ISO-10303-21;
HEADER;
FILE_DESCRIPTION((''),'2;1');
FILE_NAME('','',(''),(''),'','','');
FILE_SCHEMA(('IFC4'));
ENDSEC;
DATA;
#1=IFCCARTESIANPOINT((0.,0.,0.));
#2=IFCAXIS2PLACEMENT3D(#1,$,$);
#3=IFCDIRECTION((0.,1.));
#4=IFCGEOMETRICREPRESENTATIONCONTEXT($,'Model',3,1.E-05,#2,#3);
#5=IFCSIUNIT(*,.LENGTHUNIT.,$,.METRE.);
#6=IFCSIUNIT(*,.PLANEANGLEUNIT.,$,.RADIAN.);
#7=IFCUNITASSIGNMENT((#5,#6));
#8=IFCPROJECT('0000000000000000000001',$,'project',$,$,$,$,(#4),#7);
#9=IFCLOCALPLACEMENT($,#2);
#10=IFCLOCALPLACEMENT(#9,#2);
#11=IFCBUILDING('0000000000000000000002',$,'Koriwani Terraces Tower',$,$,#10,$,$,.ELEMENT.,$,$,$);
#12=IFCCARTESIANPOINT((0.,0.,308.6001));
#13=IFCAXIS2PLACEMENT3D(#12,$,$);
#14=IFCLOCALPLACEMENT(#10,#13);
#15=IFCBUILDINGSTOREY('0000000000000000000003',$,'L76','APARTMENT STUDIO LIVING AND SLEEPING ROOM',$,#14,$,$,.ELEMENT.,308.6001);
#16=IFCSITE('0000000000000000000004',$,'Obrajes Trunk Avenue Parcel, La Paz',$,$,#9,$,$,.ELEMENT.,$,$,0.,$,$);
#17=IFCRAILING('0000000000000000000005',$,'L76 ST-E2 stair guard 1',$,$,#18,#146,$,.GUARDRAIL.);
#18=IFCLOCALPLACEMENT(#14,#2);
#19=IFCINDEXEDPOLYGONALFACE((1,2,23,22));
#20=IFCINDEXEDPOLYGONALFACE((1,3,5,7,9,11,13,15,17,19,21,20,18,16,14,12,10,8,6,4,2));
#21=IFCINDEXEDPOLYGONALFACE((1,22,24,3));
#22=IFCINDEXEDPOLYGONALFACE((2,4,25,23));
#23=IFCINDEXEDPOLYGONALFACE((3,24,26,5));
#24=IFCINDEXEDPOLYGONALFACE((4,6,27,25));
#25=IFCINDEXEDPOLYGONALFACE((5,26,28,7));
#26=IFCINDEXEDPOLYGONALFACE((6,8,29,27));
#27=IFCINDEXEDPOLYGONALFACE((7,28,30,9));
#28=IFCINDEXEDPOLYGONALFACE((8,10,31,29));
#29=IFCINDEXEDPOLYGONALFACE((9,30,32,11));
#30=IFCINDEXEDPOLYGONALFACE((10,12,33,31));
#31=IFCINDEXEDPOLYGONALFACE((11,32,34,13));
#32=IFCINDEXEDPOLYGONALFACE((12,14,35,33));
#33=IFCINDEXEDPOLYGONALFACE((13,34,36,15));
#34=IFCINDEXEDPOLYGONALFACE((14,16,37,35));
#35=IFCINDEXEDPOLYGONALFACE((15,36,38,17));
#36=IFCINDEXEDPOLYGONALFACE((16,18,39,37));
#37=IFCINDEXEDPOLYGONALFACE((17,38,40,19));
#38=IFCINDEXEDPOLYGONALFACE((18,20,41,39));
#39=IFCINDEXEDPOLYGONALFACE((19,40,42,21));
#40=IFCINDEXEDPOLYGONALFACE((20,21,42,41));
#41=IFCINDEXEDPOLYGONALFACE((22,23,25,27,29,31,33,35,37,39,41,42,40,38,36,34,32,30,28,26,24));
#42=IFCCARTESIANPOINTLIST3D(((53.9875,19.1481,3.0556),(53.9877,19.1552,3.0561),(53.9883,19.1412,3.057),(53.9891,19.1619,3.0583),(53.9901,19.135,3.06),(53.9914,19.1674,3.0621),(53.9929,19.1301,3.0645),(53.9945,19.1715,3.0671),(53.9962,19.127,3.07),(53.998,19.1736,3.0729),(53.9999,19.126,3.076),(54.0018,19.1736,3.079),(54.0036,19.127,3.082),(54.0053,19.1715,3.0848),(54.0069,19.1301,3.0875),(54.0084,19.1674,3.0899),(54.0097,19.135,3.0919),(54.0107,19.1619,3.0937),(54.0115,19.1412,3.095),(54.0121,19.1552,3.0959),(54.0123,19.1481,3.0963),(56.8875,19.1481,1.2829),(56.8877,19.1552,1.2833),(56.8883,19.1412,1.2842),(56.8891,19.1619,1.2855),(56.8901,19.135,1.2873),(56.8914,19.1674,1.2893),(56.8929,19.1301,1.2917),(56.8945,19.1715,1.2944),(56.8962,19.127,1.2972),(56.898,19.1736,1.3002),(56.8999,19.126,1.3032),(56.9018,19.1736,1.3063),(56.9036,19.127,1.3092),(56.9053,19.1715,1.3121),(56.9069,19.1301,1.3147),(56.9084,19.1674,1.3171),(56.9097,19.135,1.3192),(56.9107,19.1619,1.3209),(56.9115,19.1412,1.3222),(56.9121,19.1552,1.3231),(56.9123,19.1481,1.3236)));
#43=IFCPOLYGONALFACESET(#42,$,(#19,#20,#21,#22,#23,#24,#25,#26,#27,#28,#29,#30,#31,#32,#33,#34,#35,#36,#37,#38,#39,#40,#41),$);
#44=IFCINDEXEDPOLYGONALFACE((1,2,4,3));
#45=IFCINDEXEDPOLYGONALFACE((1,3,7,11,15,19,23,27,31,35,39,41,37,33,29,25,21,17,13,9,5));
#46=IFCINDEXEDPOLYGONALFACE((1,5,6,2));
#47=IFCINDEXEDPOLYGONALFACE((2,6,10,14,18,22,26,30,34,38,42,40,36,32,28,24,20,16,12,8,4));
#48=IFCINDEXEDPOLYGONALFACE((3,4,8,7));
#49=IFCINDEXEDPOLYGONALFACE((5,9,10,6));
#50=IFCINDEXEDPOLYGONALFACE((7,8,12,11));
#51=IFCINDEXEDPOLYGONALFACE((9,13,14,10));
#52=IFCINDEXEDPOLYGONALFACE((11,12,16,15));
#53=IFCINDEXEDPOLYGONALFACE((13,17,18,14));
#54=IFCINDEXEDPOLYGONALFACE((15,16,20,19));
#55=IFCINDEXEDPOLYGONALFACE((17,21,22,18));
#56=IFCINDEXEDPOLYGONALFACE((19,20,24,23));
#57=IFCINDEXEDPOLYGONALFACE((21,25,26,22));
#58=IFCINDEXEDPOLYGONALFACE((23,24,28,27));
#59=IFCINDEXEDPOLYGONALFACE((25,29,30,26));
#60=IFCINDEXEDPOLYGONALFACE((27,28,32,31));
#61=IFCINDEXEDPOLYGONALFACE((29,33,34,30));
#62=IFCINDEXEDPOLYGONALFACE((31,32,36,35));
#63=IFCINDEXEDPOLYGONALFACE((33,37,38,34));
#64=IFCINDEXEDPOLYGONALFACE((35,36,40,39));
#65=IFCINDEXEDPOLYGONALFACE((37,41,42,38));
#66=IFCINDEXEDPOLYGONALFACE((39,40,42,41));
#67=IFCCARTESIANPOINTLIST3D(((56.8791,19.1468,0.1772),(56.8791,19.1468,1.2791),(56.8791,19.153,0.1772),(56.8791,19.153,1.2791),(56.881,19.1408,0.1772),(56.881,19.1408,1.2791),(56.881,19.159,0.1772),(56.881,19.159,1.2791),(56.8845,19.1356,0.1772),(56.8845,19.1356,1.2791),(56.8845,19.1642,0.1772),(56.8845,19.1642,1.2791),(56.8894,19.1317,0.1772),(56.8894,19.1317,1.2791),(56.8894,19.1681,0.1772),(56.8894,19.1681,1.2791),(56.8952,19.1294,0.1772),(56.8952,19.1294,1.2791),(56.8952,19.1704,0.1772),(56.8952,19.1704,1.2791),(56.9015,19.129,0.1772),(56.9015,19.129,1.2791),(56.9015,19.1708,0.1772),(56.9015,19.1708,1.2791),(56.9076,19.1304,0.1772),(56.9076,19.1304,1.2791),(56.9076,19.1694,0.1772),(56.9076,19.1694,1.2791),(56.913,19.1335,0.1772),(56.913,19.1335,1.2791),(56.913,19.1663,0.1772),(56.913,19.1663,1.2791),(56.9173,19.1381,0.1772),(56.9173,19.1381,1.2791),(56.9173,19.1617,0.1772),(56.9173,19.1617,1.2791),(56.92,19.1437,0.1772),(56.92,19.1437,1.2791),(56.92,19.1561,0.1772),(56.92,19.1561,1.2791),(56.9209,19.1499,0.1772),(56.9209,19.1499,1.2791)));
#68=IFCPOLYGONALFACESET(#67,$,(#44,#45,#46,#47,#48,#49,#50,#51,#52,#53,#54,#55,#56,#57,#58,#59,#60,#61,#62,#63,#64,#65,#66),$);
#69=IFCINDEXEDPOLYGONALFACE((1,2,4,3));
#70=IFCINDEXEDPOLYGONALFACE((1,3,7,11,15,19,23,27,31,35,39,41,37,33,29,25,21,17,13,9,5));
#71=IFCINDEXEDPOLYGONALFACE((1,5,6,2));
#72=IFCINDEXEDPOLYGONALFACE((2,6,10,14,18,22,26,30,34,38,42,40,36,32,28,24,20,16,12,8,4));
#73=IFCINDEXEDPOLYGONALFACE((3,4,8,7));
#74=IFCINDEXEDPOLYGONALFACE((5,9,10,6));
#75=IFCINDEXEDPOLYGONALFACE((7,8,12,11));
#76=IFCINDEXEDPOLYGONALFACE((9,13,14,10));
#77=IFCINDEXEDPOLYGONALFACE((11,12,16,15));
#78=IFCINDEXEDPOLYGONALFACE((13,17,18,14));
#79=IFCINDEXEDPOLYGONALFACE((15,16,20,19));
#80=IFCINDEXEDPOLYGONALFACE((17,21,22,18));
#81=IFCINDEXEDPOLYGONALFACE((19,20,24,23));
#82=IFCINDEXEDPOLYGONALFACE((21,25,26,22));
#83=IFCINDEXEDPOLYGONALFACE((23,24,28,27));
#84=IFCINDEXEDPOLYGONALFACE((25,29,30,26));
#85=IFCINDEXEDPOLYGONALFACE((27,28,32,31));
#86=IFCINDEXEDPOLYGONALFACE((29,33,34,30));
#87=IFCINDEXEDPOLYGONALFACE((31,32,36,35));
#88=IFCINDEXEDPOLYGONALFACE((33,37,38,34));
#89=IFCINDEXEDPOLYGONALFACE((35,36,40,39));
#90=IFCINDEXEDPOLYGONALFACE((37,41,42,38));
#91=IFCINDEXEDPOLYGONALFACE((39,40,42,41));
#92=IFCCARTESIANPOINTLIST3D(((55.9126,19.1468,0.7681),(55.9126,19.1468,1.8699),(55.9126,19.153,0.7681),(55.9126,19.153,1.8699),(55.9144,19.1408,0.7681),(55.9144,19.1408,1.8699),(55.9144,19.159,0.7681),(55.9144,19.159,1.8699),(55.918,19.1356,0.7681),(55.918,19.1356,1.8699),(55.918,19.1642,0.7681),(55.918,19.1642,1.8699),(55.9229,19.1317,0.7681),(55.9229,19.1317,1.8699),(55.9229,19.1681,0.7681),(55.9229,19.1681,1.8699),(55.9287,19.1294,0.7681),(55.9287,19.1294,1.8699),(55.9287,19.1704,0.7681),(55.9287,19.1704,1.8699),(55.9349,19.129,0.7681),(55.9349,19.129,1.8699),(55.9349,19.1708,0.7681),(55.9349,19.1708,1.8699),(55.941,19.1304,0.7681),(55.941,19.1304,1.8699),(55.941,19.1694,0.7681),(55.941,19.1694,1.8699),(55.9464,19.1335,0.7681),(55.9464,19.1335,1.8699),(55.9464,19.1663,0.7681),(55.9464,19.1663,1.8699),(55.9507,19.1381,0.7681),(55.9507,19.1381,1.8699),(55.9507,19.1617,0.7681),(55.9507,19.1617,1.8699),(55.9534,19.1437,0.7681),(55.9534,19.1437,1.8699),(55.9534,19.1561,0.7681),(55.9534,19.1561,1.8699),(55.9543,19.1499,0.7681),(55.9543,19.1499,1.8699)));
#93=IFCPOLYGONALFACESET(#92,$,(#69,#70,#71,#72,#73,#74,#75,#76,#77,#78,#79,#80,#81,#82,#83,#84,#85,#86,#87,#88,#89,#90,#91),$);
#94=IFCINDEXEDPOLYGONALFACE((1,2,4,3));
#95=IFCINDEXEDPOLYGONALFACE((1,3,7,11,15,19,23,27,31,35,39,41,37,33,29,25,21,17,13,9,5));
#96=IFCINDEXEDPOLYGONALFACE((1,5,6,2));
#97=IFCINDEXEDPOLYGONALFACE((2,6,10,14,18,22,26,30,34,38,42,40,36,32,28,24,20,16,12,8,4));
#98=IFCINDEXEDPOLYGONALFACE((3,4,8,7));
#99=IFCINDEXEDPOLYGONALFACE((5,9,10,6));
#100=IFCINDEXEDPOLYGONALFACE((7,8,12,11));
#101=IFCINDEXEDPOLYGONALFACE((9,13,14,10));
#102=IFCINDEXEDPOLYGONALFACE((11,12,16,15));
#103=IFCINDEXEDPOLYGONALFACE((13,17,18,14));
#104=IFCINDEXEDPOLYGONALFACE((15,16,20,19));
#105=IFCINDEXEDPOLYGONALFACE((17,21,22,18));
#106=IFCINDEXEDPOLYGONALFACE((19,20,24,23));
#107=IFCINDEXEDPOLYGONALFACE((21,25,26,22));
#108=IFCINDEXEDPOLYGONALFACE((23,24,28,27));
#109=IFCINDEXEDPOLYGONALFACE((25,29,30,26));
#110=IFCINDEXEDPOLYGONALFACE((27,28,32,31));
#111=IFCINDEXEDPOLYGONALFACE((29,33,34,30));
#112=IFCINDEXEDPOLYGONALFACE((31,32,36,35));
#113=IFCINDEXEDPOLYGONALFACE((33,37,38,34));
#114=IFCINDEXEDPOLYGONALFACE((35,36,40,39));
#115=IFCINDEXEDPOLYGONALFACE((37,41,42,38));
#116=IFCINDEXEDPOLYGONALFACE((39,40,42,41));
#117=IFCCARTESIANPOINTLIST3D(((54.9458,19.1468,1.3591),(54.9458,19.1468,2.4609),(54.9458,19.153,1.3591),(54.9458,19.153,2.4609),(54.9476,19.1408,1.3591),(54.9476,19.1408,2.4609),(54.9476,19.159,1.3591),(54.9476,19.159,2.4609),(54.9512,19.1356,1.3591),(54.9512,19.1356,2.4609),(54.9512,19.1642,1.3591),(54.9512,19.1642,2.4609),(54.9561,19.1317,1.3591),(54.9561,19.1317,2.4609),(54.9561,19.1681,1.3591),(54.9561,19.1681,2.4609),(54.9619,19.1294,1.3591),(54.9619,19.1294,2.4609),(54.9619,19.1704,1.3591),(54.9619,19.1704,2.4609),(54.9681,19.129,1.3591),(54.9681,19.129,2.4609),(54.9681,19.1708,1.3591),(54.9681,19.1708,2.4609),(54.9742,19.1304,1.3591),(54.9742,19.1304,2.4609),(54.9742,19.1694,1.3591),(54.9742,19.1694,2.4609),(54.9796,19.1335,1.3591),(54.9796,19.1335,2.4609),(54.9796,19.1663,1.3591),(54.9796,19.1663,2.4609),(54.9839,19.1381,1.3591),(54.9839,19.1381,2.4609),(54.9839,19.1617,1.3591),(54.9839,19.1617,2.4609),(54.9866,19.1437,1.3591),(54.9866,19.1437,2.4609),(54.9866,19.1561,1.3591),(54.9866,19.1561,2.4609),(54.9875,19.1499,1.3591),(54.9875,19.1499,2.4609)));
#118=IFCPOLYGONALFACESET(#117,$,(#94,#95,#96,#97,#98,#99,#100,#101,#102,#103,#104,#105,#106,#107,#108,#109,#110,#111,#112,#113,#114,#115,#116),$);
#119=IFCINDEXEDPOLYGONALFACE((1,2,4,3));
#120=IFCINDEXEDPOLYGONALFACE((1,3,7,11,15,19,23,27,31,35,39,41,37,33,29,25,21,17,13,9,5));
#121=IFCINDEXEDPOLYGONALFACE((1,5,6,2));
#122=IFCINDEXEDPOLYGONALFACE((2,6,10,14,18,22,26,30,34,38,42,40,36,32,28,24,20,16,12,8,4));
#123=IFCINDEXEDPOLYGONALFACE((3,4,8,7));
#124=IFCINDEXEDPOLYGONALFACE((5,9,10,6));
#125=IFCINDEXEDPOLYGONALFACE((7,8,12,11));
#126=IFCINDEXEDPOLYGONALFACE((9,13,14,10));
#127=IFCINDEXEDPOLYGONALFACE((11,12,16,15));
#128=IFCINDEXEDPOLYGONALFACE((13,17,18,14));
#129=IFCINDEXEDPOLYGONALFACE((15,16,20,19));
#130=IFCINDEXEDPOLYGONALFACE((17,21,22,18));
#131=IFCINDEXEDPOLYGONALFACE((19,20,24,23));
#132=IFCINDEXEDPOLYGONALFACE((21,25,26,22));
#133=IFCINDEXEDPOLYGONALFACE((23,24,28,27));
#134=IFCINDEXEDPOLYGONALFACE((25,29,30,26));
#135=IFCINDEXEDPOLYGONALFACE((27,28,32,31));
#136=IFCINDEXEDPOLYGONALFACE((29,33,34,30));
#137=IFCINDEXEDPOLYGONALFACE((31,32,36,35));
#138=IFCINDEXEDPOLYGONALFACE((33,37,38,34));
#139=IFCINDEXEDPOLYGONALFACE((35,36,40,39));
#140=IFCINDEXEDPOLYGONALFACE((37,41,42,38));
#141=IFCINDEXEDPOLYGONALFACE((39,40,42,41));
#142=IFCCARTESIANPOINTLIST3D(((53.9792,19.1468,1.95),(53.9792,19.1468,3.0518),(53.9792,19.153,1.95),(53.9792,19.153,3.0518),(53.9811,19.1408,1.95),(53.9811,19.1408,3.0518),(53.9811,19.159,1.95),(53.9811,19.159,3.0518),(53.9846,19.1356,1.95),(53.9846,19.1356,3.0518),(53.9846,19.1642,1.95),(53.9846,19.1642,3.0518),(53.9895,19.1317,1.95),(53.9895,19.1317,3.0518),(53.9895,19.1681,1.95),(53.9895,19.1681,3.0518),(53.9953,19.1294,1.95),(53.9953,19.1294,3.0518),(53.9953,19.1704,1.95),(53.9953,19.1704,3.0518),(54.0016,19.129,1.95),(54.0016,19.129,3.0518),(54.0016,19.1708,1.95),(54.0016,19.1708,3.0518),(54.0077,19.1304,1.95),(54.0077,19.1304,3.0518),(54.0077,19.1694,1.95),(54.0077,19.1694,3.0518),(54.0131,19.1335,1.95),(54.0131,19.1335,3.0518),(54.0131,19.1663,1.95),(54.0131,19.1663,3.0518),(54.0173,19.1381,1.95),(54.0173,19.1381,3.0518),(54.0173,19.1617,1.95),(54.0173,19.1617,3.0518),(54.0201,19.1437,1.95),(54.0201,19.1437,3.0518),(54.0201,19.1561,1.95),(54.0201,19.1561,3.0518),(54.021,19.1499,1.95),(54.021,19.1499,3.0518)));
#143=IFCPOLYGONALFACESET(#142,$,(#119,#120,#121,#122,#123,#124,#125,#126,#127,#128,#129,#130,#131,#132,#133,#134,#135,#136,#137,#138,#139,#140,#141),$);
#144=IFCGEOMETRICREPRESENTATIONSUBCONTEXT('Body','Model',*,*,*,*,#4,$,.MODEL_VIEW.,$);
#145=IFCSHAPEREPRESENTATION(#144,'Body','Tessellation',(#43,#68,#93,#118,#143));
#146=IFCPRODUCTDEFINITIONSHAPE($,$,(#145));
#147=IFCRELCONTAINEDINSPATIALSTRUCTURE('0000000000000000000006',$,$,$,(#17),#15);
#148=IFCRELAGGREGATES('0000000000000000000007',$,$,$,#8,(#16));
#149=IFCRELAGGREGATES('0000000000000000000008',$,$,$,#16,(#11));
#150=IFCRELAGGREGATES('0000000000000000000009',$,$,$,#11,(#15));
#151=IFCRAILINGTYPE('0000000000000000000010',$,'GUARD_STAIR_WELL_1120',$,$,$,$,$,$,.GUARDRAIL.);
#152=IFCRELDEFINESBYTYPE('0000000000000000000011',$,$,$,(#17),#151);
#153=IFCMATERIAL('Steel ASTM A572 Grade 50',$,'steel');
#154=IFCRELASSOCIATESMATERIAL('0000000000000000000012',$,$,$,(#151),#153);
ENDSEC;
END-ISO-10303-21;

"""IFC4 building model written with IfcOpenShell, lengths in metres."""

from ifc_helpers import new_model, si_unit, direction, frame, origin, origin_2d, place, context, subcontext, project, spatial, circle, extrude, material, type_object, element, save


model = new_model("IFC4")

# Units and contexts
model_context = context("Model", 3, precision=1e-05, world=origin(), true_north=direction((0.0, 1.0)))
body_context = subcontext(model_context, "Body", "Model", "MODEL_VIEW")
ifc_project = project(units=[si_unit("LENGTHUNIT", "METRE"), si_unit("PLANEANGLEUNIT", "RADIAN")], contexts=[model_context])

# Site, building, storey
site_placement = place(None, origin())
site = spatial("IfcSite", under=ifc_project, at=site_placement, Name="Obrajes Trunk Avenue Parcel, La Paz", CompositionType="ELEMENT", RefElevation=0.0)
building_placement = place(site_placement, origin())
building = spatial("IfcBuilding", under=site, at=building_placement, Name="Koriwani Terraces Tower", CompositionType="ELEMENT")
storey_placement = place(building_placement, frame((0.0, 0.0, 308.6001)))
storey = spatial("IfcBuildingStorey", under=building, at=storey_placement, Name="L76", Description="APARTMENT STUDIO LIVING AND SLEEPING ROOM", CompositionType="ELEMENT", Elevation=308.6001)

# Shared definitions
ifc_material_1 = material(Name="Steel ASTM A572 Grade 50", Category="steel")

# Railing
railing_type_1 = type_object("IfcRailingType", Name="GUARD_STAIR_WELL_1120", PredefinedType="GUARDRAIL", material=ifc_material_1)
railing_1_placement = place(storey_placement, frame((56.8999, 19.1499, 0.1772)))
element("IfcRailing", 1, at=railing_1_placement, inside=storey, type_object=railing_type_1, Name="L76 ST-E2 stair guard 1", PredefinedType="GUARDRAIL", context=body_context, shape_type="SweptSolid", body=[
    extrude(circle(Radius=0.0239, at=origin_2d()), frame((0.0, 0.0, 1.126), z_axis=(-0.853211, 0.0, 0.521566), x_axis=(0.0, -1.0, 0.0)), (0.0, 0.0, 1.0), 3.3989),
    extrude(circle(Radius=0.021, at=origin_2d()), origin(), (0.0, 0.0, 1.0), 1.1018),
    extrude(circle(Radius=0.021, at=origin_2d()), frame((-0.9666, 0.0, 0.5908)), (0.0, 0.0, 1.0), 1.1018),
    extrude(circle(Radius=0.021, at=origin_2d()), frame((-1.9333, 0.0, 1.1819)), (0.0, 0.0, 1.0), 1.1018),
    extrude(circle(Radius=0.021, at=origin_2d()), frame((-2.8999, 0.0, 1.7727)), (0.0, 0.0, 1.0), 1.1018),
])

save(model, "model.ifc")
